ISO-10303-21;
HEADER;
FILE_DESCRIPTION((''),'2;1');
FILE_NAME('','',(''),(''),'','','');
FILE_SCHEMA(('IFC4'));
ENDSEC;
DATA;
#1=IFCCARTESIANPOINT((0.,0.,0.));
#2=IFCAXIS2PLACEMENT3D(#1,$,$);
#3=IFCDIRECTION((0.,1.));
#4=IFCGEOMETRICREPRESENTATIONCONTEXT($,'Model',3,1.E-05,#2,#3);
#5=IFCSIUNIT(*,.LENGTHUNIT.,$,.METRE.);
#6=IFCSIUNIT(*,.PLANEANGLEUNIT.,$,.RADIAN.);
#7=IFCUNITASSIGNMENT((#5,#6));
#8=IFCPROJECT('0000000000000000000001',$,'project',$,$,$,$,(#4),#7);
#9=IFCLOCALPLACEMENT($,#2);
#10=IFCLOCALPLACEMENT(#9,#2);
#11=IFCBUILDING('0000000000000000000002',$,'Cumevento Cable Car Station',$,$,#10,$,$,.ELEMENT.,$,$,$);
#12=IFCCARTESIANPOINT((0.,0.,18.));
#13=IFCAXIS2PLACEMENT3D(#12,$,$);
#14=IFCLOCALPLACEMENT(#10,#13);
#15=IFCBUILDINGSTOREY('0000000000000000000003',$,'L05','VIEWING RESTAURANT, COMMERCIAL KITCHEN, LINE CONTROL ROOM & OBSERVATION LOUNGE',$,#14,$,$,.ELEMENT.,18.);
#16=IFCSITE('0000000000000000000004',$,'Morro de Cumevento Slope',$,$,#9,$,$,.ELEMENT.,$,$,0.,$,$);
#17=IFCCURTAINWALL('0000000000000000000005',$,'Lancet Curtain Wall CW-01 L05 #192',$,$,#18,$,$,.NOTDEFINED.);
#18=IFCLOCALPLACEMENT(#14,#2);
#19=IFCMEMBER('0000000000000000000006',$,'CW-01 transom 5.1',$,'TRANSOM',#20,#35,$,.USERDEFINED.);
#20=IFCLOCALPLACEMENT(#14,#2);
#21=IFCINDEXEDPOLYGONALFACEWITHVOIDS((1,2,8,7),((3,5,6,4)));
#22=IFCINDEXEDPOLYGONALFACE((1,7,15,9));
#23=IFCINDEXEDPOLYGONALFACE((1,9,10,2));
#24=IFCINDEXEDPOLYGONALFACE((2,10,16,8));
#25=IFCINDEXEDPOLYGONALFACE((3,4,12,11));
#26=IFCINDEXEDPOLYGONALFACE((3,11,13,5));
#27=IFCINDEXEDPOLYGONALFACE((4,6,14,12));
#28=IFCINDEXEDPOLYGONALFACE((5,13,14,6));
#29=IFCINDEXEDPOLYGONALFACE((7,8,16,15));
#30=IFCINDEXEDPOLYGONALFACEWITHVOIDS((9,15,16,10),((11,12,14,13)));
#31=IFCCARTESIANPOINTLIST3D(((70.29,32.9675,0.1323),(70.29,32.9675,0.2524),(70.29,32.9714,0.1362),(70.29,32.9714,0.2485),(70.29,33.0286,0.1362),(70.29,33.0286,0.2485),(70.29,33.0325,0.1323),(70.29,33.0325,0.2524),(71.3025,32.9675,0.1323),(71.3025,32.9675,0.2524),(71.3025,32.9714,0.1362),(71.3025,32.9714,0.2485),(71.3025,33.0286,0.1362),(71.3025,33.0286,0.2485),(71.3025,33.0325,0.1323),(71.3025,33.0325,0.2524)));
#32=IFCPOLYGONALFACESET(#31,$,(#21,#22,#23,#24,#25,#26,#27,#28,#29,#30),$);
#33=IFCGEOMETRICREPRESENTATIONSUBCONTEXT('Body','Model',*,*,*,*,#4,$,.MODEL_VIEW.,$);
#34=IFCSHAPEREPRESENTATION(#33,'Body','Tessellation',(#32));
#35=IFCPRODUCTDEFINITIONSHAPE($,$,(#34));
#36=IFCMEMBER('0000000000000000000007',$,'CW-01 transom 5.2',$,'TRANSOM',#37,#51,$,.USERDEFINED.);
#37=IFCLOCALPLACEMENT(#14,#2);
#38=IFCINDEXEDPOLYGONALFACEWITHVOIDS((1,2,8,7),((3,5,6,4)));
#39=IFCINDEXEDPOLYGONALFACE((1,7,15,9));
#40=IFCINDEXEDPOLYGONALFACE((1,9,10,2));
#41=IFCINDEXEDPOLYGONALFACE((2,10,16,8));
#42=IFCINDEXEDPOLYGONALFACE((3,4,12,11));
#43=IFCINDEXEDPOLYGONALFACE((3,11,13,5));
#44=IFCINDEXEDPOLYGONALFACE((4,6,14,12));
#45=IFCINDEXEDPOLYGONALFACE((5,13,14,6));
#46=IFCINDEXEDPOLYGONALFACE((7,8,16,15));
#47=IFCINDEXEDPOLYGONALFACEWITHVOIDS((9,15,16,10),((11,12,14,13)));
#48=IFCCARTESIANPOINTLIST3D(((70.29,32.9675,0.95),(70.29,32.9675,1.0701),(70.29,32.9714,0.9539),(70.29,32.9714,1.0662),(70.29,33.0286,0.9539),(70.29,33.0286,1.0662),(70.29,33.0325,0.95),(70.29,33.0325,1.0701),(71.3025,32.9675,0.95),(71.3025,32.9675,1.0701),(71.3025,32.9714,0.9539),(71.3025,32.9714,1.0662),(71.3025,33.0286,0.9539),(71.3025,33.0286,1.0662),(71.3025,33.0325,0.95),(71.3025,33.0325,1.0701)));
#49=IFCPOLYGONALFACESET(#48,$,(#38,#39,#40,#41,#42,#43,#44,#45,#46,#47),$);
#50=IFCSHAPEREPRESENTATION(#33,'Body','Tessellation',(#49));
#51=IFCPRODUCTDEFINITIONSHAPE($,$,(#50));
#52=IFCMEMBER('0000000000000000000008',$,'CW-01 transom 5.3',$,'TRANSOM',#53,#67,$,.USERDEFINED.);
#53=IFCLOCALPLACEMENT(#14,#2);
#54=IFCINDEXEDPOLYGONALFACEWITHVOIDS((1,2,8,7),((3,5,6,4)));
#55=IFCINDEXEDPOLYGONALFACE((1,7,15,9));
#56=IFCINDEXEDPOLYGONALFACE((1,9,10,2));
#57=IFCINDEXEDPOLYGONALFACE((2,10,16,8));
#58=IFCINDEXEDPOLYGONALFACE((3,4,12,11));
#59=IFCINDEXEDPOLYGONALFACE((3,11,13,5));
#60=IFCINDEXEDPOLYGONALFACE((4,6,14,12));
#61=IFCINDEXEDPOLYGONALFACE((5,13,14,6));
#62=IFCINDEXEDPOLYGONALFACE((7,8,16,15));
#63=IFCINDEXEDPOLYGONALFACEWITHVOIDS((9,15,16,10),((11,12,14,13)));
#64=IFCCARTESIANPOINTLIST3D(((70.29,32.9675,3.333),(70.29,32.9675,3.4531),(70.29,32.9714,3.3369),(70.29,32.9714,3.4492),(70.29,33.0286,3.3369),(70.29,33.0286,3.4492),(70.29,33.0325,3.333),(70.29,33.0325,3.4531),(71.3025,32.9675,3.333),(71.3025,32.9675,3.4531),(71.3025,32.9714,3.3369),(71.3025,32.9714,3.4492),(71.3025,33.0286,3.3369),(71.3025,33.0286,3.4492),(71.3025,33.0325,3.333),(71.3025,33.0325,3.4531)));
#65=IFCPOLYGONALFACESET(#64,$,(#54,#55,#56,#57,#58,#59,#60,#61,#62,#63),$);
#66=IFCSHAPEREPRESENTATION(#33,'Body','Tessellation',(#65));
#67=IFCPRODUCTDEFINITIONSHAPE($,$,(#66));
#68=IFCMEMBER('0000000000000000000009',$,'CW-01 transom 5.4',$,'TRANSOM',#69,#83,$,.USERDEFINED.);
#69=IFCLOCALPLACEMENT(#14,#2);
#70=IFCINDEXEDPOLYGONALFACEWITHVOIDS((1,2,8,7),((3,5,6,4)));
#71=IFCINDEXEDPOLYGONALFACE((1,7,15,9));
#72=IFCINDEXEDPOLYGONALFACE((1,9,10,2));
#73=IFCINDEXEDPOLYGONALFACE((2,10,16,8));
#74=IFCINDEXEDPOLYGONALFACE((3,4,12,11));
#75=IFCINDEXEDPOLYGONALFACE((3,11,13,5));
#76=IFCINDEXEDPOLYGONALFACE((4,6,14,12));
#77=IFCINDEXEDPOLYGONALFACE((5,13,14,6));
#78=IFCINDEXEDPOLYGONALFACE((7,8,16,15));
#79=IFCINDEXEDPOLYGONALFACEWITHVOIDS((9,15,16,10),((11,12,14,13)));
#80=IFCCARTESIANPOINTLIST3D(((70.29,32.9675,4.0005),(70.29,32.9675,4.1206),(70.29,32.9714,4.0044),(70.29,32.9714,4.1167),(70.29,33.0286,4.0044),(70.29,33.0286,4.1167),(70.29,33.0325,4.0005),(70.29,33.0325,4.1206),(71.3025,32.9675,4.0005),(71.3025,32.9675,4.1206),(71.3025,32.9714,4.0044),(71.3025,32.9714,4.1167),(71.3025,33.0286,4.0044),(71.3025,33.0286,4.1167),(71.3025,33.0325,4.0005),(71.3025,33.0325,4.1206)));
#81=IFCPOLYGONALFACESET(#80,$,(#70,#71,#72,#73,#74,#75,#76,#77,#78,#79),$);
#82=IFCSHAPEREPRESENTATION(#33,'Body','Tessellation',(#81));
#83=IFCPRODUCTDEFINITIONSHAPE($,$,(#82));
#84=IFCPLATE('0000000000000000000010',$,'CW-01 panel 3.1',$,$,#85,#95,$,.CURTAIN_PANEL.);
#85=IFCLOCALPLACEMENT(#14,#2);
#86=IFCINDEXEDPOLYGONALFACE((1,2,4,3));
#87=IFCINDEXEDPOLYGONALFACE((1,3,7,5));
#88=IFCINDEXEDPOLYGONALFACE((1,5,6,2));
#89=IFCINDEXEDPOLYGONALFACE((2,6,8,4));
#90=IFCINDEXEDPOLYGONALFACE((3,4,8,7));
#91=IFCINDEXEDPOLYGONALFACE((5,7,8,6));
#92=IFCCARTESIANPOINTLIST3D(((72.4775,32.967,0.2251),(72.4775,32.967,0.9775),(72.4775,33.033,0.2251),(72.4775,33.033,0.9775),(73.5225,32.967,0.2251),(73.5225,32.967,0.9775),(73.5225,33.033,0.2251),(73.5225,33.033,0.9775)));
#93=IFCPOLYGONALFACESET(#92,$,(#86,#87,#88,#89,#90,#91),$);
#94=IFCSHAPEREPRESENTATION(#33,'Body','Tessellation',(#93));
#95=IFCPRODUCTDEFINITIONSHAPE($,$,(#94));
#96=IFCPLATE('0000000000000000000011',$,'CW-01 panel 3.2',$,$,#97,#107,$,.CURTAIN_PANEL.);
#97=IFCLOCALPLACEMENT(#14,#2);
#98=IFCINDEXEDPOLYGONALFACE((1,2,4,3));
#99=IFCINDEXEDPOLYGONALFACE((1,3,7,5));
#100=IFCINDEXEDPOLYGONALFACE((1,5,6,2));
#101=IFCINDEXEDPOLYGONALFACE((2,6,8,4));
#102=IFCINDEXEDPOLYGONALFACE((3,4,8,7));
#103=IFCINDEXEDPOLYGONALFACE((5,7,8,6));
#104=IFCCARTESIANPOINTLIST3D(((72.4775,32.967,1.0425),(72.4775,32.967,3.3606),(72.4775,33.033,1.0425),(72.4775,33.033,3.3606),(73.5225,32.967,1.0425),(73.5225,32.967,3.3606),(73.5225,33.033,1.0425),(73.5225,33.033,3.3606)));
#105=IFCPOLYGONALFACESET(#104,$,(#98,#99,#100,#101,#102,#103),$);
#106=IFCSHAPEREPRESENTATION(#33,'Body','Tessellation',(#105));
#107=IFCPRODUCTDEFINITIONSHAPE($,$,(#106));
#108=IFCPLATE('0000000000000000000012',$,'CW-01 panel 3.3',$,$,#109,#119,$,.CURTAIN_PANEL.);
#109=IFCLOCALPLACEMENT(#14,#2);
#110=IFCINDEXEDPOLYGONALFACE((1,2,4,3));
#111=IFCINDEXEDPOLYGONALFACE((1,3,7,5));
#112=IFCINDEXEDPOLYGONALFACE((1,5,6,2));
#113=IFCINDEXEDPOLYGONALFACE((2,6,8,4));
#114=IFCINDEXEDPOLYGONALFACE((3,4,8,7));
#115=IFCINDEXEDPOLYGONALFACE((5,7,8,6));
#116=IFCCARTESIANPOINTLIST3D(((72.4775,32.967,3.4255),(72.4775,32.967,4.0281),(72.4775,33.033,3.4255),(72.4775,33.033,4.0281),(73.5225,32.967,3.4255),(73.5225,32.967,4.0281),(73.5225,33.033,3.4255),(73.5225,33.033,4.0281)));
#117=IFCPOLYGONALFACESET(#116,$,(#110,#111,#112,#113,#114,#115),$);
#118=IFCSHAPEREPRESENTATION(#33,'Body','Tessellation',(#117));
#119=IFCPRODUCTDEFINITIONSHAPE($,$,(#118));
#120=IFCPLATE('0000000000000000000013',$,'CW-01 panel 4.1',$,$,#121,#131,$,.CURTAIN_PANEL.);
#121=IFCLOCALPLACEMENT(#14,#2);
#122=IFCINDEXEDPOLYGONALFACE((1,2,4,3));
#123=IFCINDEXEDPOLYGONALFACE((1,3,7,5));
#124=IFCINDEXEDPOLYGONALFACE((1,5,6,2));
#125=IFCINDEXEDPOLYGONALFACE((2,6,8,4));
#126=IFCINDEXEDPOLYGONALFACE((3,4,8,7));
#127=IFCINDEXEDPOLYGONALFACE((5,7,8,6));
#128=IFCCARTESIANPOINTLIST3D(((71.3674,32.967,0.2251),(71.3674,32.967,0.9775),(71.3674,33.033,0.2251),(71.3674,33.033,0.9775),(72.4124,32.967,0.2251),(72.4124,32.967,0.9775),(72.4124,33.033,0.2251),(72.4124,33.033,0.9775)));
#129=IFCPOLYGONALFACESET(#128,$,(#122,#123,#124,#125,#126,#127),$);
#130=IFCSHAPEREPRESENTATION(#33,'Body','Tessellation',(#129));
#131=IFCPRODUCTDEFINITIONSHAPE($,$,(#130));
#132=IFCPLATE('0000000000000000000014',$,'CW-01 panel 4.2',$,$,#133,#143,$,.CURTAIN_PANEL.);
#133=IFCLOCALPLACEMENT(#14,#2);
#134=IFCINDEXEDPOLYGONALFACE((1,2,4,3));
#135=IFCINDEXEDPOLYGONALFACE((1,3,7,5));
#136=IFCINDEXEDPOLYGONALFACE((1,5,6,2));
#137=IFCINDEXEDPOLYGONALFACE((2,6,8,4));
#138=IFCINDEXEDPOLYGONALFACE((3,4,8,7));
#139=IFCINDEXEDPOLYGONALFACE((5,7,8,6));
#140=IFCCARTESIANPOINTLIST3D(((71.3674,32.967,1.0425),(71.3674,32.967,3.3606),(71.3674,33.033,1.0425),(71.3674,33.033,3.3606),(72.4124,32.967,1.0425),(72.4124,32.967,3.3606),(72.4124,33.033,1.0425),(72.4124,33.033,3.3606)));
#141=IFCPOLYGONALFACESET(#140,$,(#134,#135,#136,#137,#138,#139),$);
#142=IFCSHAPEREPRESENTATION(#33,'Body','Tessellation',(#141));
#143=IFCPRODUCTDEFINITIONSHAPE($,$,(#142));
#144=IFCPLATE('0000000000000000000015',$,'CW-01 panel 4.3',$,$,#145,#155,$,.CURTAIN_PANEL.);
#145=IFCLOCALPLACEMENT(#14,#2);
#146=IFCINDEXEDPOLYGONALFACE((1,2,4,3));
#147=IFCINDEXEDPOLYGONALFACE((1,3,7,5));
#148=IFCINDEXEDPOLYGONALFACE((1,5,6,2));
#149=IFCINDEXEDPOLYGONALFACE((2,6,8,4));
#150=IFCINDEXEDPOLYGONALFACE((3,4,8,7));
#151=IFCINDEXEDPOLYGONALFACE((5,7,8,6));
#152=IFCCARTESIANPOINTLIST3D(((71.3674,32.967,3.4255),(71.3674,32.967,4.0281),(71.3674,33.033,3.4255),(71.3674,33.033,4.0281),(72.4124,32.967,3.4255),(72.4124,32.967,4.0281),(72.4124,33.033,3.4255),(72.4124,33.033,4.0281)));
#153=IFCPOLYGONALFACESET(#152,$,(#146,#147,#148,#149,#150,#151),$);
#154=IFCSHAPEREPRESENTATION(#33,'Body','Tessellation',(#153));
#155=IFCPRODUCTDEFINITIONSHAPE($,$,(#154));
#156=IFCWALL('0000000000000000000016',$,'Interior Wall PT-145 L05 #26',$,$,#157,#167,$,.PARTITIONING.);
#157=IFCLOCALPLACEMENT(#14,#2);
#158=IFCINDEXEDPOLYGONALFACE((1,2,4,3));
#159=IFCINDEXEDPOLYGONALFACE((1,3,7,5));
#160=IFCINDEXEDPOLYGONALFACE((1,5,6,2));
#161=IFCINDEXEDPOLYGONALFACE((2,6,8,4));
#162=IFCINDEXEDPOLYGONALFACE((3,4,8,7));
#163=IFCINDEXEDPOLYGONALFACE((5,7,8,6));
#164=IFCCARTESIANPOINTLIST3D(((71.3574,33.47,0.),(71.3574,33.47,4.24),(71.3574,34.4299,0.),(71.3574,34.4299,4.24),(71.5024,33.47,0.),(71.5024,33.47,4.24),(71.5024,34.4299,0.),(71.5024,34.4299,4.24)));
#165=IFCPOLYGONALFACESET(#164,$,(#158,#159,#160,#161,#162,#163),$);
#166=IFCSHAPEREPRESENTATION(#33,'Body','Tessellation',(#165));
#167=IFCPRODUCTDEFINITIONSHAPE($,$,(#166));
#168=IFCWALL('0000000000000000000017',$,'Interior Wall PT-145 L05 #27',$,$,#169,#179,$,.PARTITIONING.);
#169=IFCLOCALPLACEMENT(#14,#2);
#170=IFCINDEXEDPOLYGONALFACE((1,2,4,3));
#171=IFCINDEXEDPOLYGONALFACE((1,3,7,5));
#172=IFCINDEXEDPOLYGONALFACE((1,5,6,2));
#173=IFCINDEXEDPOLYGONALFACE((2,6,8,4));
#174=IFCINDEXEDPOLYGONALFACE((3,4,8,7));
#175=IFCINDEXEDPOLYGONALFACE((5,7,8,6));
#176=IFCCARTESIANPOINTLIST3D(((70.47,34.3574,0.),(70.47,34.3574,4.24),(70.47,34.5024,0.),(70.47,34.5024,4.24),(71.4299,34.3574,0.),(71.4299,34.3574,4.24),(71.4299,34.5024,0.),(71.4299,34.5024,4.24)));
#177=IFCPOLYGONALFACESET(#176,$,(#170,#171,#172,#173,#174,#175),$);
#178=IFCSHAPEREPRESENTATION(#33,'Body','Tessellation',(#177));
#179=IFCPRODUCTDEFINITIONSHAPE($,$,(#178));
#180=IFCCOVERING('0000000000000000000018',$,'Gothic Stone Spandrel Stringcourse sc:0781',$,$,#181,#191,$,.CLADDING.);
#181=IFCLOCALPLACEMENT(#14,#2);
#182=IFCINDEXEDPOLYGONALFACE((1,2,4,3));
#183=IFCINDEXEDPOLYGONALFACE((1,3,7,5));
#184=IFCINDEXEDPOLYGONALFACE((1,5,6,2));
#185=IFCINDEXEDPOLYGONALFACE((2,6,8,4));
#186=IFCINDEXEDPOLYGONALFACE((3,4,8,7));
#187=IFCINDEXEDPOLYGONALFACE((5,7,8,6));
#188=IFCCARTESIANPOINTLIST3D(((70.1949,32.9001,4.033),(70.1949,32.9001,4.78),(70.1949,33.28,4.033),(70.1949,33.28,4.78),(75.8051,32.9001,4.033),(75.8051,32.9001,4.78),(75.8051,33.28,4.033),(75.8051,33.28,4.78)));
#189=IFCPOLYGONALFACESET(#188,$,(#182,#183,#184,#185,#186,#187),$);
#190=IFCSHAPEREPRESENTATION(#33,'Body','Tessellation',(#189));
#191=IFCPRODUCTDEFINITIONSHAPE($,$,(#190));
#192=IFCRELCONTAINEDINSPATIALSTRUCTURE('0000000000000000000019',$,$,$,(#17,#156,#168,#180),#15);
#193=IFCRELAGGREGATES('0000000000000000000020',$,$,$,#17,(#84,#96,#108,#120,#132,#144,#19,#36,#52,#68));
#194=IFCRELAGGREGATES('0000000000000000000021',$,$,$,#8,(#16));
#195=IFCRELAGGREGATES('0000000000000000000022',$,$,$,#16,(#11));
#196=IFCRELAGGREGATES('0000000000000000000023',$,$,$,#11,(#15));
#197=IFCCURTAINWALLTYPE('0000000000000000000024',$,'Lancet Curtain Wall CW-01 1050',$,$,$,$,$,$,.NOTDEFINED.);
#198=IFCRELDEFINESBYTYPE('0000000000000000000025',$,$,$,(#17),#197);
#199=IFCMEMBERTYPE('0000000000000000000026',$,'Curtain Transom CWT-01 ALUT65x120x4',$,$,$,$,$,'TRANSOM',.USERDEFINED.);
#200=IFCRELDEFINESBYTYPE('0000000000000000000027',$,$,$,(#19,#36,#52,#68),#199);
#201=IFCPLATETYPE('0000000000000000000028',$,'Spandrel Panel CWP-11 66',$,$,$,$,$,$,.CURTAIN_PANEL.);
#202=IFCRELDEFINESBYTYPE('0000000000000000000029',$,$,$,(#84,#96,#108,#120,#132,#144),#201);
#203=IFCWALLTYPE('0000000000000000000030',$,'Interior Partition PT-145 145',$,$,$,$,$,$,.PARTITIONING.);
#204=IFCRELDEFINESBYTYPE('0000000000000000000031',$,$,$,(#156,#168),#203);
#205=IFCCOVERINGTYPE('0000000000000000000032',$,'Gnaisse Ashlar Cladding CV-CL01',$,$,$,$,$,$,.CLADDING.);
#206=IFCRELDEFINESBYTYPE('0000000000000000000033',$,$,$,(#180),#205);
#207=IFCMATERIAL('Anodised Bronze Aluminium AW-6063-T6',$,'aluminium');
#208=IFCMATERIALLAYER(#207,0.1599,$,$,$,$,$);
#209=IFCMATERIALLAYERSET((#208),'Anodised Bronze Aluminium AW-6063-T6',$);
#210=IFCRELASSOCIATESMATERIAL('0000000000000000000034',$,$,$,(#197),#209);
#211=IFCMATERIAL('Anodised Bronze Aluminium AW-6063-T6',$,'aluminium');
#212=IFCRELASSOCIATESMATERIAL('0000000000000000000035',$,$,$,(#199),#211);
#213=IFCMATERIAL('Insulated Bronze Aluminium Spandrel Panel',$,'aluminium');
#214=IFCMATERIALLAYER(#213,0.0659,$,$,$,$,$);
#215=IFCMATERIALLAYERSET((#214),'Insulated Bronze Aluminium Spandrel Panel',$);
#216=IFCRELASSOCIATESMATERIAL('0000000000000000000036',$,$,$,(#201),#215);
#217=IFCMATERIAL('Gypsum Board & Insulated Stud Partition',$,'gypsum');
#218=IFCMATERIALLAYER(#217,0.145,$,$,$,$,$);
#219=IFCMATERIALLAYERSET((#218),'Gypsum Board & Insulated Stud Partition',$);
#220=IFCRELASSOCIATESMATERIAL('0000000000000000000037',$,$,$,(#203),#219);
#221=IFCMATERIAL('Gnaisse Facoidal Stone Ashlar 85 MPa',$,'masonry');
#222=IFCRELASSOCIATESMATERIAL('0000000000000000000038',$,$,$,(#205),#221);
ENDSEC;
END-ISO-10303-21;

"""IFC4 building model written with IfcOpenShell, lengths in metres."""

from ifc_helpers import new_model, si_unit, direction, frame, frame_2d, origin, origin_2d, place, context, subcontext, project, spatial, rectangle, hollow_rectangle, extrude, material, layer, layer_set, material_profile, profile_set, type_object, element, aggregate, save


model = new_model("IFC4")

# Units and contexts
model_context = context("Model", 3, precision=1e-05, world=origin(), true_north=direction((0.0, 1.0)))
body_context = subcontext(model_context, "Body", "Model", "MODEL_VIEW")
ifc_project = project(units=[si_unit("LENGTHUNIT", "METRE"), si_unit("PLANEANGLEUNIT", "RADIAN")], contexts=[model_context])

# Site, building, storey
site_placement = place(None, origin())
site = spatial("IfcSite", under=ifc_project, at=site_placement, Name="Morro de Cumevento Slope", CompositionType="ELEMENT", RefElevation=0.0)
building_placement = place(site_placement, origin())
building = spatial("IfcBuilding", under=site, at=building_placement, Name="Cumevento Cable Car Station", CompositionType="ELEMENT")
storey_placement = place(building_placement, frame((0.0, 0.0, 18.0)))
storey = spatial("IfcBuildingStorey", under=building, at=storey_placement, Name="L05", Description="VIEWING RESTAURANT, COMMERCIAL KITCHEN, LINE CONTROL ROOM & OBSERVATION LOUNGE", CompositionType="ELEMENT", Elevation=18.0)

# Curtain wall, members, plates
ifc_material_1 = material(Name="Anodised Bronze Aluminium AW-6063-T6", Category="aluminium")
ifc_layer_1 = layer(ifc_material_1, 0.1599)
ifc_layer_set_1 = layer_set([ifc_layer_1], Name="Anodised Bronze Aluminium AW-6063-T6")
curtain_wall_type = type_object("IfcCurtainWallType", Name="Lancet Curtain Wall CW-01 1050", PredefinedType="NOTDEFINED", material=ifc_layer_set_1)
curtain_wall_placement = place(storey_placement, origin())
curtain_wall = element("IfcCurtainWall", 1, at=curtain_wall_placement, inside=storey, type_object=curtain_wall_type, Name="Lancet Curtain Wall CW-01 L05 #192", PredefinedType="NOTDEFINED")
ifc_material_2 = material(Name="Anodised Bronze Aluminium AW-6063-T6", Category="aluminium")
ifc_material_profile_1 = material_profile(ifc_material_2, hollow_rectangle(XDim=0.0649, YDim=0.1201, WallThickness=0.0039, at=origin_2d()), Name="ALUT65x120x4")
ifc_profile_set_1 = profile_set([ifc_material_profile_1], Name="Anodised Bronze Aluminium AW-6063-T6")
member_type_1 = type_object("IfcMemberType", Name="Curtain Transom CWT-01 ALUT65x120x4", ElementType="TRANSOM", PredefinedType="USERDEFINED", material=ifc_profile_set_1)
member_1_placement = place(storey_placement, frame((71.3025, 33.0, 0.1924), z_axis=(-1.0, 0.0, 0.0), x_axis=(0.0, -1.0, 0.0)))
member_1 = element("IfcMember", 2, at=member_1_placement, type_object=member_type_1, Name="CW-01 transom 5.1", ObjectType="TRANSOM", PredefinedType="USERDEFINED", context=body_context, shape_type="SweptSolid", body=[
    extrude(hollow_rectangle(XDim=0.0649, YDim=0.1201, WallThickness=0.0039, at=origin_2d()), origin(), (0.0, 0.0, 1.0), 1.0125),
])
member_2_placement = place(storey_placement, frame((71.3025, 33.0, 1.01), z_axis=(-1.0, 0.0, 0.0), x_axis=(0.0, -1.0, 0.0)))
member_2 = element("IfcMember", 3, at=member_2_placement, type_object=member_type_1, Name="CW-01 transom 5.2", ObjectType="TRANSOM", PredefinedType="USERDEFINED", context=body_context, shape_type="SweptSolid", body=[
    extrude(hollow_rectangle(XDim=0.0649, YDim=0.1201, WallThickness=0.0039, at=origin_2d()), origin(), (0.0, 0.0, 1.0), 1.0125),
])
member_3_placement = place(storey_placement, frame((71.3025, 33.0, 3.3931), z_axis=(-1.0, 0.0, 0.0), x_axis=(0.0, -1.0, 0.0)))
member_3 = element("IfcMember", 4, at=member_3_placement, type_object=member_type_1, Name="CW-01 transom 5.3", ObjectType="TRANSOM", PredefinedType="USERDEFINED", context=body_context, shape_type="SweptSolid", body=[
    extrude(hollow_rectangle(XDim=0.0649, YDim=0.1201, WallThickness=0.0039, at=origin_2d()), origin(), (0.0, 0.0, 1.0), 1.0125),
])
member_4_placement = place(storey_placement, frame((71.3025, 33.0, 4.0605), z_axis=(-1.0, 0.0, 0.0), x_axis=(0.0, -1.0, 0.0)))
member_4 = element("IfcMember", 5, at=member_4_placement, type_object=member_type_1, Name="CW-01 transom 5.4", ObjectType="TRANSOM", PredefinedType="USERDEFINED", context=body_context, shape_type="SweptSolid", body=[
    extrude(hollow_rectangle(XDim=0.0649, YDim=0.1201, WallThickness=0.0039, at=origin_2d()), origin(), (0.0, 0.0, 1.0), 1.0125),
])
ifc_material_3 = material(Name="Insulated Bronze Aluminium Spandrel Panel", Category="aluminium")
ifc_layer_2 = layer(ifc_material_3, 0.0659)
ifc_layer_set_2 = layer_set([ifc_layer_2], Name="Insulated Bronze Aluminium Spandrel Panel")
plate_type = type_object("IfcPlateType", Name="Spandrel Panel CWP-11 66", PredefinedType="CURTAIN_PANEL", material=ifc_layer_set_2)
plate_1_placement = place(storey_placement, frame((73.0, 33.0, 0.2251), z_axis=(0.0, 0.0, 1.0), x_axis=(-1.0, 0.0, 0.0)))
plate_1 = element("IfcPlate", 6, at=plate_1_placement, type_object=plate_type, Name="CW-01 panel 3.1", PredefinedType="CURTAIN_PANEL", context=body_context, shape_type="SweptSolid", body=[
    extrude(rectangle(XDim=1.0449, YDim=0.0659, at=origin_2d()), origin(), (0.0, 0.0, 1.0), 0.7524),
])
plate_2_placement = place(storey_placement, frame((73.0, 33.0, 1.0425), z_axis=(0.0, 0.0, 1.0), x_axis=(-1.0, 0.0, 0.0)))
plate_2 = element("IfcPlate", 7, at=plate_2_placement, type_object=plate_type, Name="CW-01 panel 3.2", PredefinedType="CURTAIN_PANEL", context=body_context, shape_type="SweptSolid", body=[
    extrude(rectangle(XDim=1.0449, YDim=0.0659, at=origin_2d()), origin(), (0.0, 0.0, 1.0), 2.3181),
])
plate_3_placement = place(storey_placement, frame((73.0, 33.0, 3.4255), z_axis=(0.0, 0.0, 1.0), x_axis=(-1.0, 0.0, 0.0)))
plate_3 = element("IfcPlate", 8, at=plate_3_placement, type_object=plate_type, Name="CW-01 panel 3.3", PredefinedType="CURTAIN_PANEL", context=body_context, shape_type="SweptSolid", body=[
    extrude(rectangle(XDim=1.0449, YDim=0.0659, at=origin_2d()), origin(), (0.0, 0.0, 1.0), 0.6025),
])
plate_4_placement = place(storey_placement, frame((71.8899, 33.0, 0.2251), z_axis=(0.0, 0.0, 1.0), x_axis=(-1.0, 0.0, 0.0)))
plate_4 = element("IfcPlate", 9, at=plate_4_placement, type_object=plate_type, Name="CW-01 panel 4.1", PredefinedType="CURTAIN_PANEL", context=body_context, shape_type="SweptSolid", body=[
    extrude(rectangle(XDim=1.0449, YDim=0.0659, at=origin_2d()), origin(), (0.0, 0.0, 1.0), 0.7524),
])
plate_5_placement = place(storey_placement, frame((71.8899, 33.0, 1.0425), z_axis=(0.0, 0.0, 1.0), x_axis=(-1.0, 0.0, 0.0)))
plate_5 = element("IfcPlate", 10, at=plate_5_placement, type_object=plate_type, Name="CW-01 panel 4.2", PredefinedType="CURTAIN_PANEL", context=body_context, shape_type="SweptSolid", body=[
    extrude(rectangle(XDim=1.0449, YDim=0.0659, at=origin_2d()), origin(), (0.0, 0.0, 1.0), 2.3181),
])
plate_6_placement = place(storey_placement, frame((71.8899, 33.0, 3.4255), z_axis=(0.0, 0.0, 1.0), x_axis=(-1.0, 0.0, 0.0)))
plate_6 = element("IfcPlate", 11, at=plate_6_placement, type_object=plate_type, Name="CW-01 panel 4.3", PredefinedType="CURTAIN_PANEL", context=body_context, shape_type="SweptSolid", body=[
    extrude(rectangle(XDim=1.0449, YDim=0.0659, at=origin_2d()), origin(), (0.0, 0.0, 1.0), 0.6025),
])
aggregate(curtain_wall, [plate_1, plate_2, plate_3, plate_4, plate_5, plate_6, member_1, member_2, member_3, member_4])

# Walls
ifc_material_4 = material(Name="Gypsum Board & Insulated Stud Partition", Category="gypsum")
ifc_layer_3 = layer(ifc_material_4, 0.145)
ifc_layer_set_3 = layer_set([ifc_layer_3], Name="Gypsum Board & Insulated Stud Partition")
wall_type = type_object("IfcWallType", Name="Interior Partition PT-145 145", PredefinedType="PARTITIONING", material=ifc_layer_set_3)
for number, where, z_axis, x_axis, name in (
    (12, (71.4299, 33.47, 0.0), (0.0, 0.0, 1.0), (0.0, 1.0, 0.0), "Interior Wall PT-145 L05 #26"),
    (13, (71.4299, 34.4299, 0.0), (0.0, 0.0, 1.0), (-1.0, 0.0, 0.0), "Interior Wall PT-145 L05 #27"),
):
    element("IfcWall", number, at=place(storey_placement, frame(where, z_axis=z_axis, x_axis=x_axis)), inside=storey, type_object=wall_type, Name=name, PredefinedType="PARTITIONING", context=body_context, shape_type="SweptSolid", body=[
        extrude(rectangle(XDim=0.96, YDim=0.145, at=frame_2d((0.48, 0.0))), origin(), (0.0, 0.0, 1.0), 4.24),
    ])

# Covering
ifc_material_5 = material(Name="Gnaisse Facoidal Stone Ashlar 85 MPa", Category="masonry")
covering_type = type_object("IfcCoveringType", Name="Gnaisse Ashlar Cladding CV-CL01", PredefinedType="CLADDING", material=ifc_material_5)
covering_1_placement = place(storey_placement, frame((73.0, 33.0901, 4.033), z_axis=(0.0, 0.0, 1.0), x_axis=(-1.0, 0.0, 0.0)))
element("IfcCovering", 14, at=covering_1_placement, inside=storey, type_object=covering_type, Name="Gothic Stone Spandrel Stringcourse sc:0781", PredefinedType="CLADDING", context=body_context, shape_type="SweptSolid", body=[
    extrude(rectangle(XDim=5.6101, YDim=0.3799, at=origin_2d()), origin(), (0.0, 0.0, 1.0), 0.7471),
])

save(model, "model.ifc")
